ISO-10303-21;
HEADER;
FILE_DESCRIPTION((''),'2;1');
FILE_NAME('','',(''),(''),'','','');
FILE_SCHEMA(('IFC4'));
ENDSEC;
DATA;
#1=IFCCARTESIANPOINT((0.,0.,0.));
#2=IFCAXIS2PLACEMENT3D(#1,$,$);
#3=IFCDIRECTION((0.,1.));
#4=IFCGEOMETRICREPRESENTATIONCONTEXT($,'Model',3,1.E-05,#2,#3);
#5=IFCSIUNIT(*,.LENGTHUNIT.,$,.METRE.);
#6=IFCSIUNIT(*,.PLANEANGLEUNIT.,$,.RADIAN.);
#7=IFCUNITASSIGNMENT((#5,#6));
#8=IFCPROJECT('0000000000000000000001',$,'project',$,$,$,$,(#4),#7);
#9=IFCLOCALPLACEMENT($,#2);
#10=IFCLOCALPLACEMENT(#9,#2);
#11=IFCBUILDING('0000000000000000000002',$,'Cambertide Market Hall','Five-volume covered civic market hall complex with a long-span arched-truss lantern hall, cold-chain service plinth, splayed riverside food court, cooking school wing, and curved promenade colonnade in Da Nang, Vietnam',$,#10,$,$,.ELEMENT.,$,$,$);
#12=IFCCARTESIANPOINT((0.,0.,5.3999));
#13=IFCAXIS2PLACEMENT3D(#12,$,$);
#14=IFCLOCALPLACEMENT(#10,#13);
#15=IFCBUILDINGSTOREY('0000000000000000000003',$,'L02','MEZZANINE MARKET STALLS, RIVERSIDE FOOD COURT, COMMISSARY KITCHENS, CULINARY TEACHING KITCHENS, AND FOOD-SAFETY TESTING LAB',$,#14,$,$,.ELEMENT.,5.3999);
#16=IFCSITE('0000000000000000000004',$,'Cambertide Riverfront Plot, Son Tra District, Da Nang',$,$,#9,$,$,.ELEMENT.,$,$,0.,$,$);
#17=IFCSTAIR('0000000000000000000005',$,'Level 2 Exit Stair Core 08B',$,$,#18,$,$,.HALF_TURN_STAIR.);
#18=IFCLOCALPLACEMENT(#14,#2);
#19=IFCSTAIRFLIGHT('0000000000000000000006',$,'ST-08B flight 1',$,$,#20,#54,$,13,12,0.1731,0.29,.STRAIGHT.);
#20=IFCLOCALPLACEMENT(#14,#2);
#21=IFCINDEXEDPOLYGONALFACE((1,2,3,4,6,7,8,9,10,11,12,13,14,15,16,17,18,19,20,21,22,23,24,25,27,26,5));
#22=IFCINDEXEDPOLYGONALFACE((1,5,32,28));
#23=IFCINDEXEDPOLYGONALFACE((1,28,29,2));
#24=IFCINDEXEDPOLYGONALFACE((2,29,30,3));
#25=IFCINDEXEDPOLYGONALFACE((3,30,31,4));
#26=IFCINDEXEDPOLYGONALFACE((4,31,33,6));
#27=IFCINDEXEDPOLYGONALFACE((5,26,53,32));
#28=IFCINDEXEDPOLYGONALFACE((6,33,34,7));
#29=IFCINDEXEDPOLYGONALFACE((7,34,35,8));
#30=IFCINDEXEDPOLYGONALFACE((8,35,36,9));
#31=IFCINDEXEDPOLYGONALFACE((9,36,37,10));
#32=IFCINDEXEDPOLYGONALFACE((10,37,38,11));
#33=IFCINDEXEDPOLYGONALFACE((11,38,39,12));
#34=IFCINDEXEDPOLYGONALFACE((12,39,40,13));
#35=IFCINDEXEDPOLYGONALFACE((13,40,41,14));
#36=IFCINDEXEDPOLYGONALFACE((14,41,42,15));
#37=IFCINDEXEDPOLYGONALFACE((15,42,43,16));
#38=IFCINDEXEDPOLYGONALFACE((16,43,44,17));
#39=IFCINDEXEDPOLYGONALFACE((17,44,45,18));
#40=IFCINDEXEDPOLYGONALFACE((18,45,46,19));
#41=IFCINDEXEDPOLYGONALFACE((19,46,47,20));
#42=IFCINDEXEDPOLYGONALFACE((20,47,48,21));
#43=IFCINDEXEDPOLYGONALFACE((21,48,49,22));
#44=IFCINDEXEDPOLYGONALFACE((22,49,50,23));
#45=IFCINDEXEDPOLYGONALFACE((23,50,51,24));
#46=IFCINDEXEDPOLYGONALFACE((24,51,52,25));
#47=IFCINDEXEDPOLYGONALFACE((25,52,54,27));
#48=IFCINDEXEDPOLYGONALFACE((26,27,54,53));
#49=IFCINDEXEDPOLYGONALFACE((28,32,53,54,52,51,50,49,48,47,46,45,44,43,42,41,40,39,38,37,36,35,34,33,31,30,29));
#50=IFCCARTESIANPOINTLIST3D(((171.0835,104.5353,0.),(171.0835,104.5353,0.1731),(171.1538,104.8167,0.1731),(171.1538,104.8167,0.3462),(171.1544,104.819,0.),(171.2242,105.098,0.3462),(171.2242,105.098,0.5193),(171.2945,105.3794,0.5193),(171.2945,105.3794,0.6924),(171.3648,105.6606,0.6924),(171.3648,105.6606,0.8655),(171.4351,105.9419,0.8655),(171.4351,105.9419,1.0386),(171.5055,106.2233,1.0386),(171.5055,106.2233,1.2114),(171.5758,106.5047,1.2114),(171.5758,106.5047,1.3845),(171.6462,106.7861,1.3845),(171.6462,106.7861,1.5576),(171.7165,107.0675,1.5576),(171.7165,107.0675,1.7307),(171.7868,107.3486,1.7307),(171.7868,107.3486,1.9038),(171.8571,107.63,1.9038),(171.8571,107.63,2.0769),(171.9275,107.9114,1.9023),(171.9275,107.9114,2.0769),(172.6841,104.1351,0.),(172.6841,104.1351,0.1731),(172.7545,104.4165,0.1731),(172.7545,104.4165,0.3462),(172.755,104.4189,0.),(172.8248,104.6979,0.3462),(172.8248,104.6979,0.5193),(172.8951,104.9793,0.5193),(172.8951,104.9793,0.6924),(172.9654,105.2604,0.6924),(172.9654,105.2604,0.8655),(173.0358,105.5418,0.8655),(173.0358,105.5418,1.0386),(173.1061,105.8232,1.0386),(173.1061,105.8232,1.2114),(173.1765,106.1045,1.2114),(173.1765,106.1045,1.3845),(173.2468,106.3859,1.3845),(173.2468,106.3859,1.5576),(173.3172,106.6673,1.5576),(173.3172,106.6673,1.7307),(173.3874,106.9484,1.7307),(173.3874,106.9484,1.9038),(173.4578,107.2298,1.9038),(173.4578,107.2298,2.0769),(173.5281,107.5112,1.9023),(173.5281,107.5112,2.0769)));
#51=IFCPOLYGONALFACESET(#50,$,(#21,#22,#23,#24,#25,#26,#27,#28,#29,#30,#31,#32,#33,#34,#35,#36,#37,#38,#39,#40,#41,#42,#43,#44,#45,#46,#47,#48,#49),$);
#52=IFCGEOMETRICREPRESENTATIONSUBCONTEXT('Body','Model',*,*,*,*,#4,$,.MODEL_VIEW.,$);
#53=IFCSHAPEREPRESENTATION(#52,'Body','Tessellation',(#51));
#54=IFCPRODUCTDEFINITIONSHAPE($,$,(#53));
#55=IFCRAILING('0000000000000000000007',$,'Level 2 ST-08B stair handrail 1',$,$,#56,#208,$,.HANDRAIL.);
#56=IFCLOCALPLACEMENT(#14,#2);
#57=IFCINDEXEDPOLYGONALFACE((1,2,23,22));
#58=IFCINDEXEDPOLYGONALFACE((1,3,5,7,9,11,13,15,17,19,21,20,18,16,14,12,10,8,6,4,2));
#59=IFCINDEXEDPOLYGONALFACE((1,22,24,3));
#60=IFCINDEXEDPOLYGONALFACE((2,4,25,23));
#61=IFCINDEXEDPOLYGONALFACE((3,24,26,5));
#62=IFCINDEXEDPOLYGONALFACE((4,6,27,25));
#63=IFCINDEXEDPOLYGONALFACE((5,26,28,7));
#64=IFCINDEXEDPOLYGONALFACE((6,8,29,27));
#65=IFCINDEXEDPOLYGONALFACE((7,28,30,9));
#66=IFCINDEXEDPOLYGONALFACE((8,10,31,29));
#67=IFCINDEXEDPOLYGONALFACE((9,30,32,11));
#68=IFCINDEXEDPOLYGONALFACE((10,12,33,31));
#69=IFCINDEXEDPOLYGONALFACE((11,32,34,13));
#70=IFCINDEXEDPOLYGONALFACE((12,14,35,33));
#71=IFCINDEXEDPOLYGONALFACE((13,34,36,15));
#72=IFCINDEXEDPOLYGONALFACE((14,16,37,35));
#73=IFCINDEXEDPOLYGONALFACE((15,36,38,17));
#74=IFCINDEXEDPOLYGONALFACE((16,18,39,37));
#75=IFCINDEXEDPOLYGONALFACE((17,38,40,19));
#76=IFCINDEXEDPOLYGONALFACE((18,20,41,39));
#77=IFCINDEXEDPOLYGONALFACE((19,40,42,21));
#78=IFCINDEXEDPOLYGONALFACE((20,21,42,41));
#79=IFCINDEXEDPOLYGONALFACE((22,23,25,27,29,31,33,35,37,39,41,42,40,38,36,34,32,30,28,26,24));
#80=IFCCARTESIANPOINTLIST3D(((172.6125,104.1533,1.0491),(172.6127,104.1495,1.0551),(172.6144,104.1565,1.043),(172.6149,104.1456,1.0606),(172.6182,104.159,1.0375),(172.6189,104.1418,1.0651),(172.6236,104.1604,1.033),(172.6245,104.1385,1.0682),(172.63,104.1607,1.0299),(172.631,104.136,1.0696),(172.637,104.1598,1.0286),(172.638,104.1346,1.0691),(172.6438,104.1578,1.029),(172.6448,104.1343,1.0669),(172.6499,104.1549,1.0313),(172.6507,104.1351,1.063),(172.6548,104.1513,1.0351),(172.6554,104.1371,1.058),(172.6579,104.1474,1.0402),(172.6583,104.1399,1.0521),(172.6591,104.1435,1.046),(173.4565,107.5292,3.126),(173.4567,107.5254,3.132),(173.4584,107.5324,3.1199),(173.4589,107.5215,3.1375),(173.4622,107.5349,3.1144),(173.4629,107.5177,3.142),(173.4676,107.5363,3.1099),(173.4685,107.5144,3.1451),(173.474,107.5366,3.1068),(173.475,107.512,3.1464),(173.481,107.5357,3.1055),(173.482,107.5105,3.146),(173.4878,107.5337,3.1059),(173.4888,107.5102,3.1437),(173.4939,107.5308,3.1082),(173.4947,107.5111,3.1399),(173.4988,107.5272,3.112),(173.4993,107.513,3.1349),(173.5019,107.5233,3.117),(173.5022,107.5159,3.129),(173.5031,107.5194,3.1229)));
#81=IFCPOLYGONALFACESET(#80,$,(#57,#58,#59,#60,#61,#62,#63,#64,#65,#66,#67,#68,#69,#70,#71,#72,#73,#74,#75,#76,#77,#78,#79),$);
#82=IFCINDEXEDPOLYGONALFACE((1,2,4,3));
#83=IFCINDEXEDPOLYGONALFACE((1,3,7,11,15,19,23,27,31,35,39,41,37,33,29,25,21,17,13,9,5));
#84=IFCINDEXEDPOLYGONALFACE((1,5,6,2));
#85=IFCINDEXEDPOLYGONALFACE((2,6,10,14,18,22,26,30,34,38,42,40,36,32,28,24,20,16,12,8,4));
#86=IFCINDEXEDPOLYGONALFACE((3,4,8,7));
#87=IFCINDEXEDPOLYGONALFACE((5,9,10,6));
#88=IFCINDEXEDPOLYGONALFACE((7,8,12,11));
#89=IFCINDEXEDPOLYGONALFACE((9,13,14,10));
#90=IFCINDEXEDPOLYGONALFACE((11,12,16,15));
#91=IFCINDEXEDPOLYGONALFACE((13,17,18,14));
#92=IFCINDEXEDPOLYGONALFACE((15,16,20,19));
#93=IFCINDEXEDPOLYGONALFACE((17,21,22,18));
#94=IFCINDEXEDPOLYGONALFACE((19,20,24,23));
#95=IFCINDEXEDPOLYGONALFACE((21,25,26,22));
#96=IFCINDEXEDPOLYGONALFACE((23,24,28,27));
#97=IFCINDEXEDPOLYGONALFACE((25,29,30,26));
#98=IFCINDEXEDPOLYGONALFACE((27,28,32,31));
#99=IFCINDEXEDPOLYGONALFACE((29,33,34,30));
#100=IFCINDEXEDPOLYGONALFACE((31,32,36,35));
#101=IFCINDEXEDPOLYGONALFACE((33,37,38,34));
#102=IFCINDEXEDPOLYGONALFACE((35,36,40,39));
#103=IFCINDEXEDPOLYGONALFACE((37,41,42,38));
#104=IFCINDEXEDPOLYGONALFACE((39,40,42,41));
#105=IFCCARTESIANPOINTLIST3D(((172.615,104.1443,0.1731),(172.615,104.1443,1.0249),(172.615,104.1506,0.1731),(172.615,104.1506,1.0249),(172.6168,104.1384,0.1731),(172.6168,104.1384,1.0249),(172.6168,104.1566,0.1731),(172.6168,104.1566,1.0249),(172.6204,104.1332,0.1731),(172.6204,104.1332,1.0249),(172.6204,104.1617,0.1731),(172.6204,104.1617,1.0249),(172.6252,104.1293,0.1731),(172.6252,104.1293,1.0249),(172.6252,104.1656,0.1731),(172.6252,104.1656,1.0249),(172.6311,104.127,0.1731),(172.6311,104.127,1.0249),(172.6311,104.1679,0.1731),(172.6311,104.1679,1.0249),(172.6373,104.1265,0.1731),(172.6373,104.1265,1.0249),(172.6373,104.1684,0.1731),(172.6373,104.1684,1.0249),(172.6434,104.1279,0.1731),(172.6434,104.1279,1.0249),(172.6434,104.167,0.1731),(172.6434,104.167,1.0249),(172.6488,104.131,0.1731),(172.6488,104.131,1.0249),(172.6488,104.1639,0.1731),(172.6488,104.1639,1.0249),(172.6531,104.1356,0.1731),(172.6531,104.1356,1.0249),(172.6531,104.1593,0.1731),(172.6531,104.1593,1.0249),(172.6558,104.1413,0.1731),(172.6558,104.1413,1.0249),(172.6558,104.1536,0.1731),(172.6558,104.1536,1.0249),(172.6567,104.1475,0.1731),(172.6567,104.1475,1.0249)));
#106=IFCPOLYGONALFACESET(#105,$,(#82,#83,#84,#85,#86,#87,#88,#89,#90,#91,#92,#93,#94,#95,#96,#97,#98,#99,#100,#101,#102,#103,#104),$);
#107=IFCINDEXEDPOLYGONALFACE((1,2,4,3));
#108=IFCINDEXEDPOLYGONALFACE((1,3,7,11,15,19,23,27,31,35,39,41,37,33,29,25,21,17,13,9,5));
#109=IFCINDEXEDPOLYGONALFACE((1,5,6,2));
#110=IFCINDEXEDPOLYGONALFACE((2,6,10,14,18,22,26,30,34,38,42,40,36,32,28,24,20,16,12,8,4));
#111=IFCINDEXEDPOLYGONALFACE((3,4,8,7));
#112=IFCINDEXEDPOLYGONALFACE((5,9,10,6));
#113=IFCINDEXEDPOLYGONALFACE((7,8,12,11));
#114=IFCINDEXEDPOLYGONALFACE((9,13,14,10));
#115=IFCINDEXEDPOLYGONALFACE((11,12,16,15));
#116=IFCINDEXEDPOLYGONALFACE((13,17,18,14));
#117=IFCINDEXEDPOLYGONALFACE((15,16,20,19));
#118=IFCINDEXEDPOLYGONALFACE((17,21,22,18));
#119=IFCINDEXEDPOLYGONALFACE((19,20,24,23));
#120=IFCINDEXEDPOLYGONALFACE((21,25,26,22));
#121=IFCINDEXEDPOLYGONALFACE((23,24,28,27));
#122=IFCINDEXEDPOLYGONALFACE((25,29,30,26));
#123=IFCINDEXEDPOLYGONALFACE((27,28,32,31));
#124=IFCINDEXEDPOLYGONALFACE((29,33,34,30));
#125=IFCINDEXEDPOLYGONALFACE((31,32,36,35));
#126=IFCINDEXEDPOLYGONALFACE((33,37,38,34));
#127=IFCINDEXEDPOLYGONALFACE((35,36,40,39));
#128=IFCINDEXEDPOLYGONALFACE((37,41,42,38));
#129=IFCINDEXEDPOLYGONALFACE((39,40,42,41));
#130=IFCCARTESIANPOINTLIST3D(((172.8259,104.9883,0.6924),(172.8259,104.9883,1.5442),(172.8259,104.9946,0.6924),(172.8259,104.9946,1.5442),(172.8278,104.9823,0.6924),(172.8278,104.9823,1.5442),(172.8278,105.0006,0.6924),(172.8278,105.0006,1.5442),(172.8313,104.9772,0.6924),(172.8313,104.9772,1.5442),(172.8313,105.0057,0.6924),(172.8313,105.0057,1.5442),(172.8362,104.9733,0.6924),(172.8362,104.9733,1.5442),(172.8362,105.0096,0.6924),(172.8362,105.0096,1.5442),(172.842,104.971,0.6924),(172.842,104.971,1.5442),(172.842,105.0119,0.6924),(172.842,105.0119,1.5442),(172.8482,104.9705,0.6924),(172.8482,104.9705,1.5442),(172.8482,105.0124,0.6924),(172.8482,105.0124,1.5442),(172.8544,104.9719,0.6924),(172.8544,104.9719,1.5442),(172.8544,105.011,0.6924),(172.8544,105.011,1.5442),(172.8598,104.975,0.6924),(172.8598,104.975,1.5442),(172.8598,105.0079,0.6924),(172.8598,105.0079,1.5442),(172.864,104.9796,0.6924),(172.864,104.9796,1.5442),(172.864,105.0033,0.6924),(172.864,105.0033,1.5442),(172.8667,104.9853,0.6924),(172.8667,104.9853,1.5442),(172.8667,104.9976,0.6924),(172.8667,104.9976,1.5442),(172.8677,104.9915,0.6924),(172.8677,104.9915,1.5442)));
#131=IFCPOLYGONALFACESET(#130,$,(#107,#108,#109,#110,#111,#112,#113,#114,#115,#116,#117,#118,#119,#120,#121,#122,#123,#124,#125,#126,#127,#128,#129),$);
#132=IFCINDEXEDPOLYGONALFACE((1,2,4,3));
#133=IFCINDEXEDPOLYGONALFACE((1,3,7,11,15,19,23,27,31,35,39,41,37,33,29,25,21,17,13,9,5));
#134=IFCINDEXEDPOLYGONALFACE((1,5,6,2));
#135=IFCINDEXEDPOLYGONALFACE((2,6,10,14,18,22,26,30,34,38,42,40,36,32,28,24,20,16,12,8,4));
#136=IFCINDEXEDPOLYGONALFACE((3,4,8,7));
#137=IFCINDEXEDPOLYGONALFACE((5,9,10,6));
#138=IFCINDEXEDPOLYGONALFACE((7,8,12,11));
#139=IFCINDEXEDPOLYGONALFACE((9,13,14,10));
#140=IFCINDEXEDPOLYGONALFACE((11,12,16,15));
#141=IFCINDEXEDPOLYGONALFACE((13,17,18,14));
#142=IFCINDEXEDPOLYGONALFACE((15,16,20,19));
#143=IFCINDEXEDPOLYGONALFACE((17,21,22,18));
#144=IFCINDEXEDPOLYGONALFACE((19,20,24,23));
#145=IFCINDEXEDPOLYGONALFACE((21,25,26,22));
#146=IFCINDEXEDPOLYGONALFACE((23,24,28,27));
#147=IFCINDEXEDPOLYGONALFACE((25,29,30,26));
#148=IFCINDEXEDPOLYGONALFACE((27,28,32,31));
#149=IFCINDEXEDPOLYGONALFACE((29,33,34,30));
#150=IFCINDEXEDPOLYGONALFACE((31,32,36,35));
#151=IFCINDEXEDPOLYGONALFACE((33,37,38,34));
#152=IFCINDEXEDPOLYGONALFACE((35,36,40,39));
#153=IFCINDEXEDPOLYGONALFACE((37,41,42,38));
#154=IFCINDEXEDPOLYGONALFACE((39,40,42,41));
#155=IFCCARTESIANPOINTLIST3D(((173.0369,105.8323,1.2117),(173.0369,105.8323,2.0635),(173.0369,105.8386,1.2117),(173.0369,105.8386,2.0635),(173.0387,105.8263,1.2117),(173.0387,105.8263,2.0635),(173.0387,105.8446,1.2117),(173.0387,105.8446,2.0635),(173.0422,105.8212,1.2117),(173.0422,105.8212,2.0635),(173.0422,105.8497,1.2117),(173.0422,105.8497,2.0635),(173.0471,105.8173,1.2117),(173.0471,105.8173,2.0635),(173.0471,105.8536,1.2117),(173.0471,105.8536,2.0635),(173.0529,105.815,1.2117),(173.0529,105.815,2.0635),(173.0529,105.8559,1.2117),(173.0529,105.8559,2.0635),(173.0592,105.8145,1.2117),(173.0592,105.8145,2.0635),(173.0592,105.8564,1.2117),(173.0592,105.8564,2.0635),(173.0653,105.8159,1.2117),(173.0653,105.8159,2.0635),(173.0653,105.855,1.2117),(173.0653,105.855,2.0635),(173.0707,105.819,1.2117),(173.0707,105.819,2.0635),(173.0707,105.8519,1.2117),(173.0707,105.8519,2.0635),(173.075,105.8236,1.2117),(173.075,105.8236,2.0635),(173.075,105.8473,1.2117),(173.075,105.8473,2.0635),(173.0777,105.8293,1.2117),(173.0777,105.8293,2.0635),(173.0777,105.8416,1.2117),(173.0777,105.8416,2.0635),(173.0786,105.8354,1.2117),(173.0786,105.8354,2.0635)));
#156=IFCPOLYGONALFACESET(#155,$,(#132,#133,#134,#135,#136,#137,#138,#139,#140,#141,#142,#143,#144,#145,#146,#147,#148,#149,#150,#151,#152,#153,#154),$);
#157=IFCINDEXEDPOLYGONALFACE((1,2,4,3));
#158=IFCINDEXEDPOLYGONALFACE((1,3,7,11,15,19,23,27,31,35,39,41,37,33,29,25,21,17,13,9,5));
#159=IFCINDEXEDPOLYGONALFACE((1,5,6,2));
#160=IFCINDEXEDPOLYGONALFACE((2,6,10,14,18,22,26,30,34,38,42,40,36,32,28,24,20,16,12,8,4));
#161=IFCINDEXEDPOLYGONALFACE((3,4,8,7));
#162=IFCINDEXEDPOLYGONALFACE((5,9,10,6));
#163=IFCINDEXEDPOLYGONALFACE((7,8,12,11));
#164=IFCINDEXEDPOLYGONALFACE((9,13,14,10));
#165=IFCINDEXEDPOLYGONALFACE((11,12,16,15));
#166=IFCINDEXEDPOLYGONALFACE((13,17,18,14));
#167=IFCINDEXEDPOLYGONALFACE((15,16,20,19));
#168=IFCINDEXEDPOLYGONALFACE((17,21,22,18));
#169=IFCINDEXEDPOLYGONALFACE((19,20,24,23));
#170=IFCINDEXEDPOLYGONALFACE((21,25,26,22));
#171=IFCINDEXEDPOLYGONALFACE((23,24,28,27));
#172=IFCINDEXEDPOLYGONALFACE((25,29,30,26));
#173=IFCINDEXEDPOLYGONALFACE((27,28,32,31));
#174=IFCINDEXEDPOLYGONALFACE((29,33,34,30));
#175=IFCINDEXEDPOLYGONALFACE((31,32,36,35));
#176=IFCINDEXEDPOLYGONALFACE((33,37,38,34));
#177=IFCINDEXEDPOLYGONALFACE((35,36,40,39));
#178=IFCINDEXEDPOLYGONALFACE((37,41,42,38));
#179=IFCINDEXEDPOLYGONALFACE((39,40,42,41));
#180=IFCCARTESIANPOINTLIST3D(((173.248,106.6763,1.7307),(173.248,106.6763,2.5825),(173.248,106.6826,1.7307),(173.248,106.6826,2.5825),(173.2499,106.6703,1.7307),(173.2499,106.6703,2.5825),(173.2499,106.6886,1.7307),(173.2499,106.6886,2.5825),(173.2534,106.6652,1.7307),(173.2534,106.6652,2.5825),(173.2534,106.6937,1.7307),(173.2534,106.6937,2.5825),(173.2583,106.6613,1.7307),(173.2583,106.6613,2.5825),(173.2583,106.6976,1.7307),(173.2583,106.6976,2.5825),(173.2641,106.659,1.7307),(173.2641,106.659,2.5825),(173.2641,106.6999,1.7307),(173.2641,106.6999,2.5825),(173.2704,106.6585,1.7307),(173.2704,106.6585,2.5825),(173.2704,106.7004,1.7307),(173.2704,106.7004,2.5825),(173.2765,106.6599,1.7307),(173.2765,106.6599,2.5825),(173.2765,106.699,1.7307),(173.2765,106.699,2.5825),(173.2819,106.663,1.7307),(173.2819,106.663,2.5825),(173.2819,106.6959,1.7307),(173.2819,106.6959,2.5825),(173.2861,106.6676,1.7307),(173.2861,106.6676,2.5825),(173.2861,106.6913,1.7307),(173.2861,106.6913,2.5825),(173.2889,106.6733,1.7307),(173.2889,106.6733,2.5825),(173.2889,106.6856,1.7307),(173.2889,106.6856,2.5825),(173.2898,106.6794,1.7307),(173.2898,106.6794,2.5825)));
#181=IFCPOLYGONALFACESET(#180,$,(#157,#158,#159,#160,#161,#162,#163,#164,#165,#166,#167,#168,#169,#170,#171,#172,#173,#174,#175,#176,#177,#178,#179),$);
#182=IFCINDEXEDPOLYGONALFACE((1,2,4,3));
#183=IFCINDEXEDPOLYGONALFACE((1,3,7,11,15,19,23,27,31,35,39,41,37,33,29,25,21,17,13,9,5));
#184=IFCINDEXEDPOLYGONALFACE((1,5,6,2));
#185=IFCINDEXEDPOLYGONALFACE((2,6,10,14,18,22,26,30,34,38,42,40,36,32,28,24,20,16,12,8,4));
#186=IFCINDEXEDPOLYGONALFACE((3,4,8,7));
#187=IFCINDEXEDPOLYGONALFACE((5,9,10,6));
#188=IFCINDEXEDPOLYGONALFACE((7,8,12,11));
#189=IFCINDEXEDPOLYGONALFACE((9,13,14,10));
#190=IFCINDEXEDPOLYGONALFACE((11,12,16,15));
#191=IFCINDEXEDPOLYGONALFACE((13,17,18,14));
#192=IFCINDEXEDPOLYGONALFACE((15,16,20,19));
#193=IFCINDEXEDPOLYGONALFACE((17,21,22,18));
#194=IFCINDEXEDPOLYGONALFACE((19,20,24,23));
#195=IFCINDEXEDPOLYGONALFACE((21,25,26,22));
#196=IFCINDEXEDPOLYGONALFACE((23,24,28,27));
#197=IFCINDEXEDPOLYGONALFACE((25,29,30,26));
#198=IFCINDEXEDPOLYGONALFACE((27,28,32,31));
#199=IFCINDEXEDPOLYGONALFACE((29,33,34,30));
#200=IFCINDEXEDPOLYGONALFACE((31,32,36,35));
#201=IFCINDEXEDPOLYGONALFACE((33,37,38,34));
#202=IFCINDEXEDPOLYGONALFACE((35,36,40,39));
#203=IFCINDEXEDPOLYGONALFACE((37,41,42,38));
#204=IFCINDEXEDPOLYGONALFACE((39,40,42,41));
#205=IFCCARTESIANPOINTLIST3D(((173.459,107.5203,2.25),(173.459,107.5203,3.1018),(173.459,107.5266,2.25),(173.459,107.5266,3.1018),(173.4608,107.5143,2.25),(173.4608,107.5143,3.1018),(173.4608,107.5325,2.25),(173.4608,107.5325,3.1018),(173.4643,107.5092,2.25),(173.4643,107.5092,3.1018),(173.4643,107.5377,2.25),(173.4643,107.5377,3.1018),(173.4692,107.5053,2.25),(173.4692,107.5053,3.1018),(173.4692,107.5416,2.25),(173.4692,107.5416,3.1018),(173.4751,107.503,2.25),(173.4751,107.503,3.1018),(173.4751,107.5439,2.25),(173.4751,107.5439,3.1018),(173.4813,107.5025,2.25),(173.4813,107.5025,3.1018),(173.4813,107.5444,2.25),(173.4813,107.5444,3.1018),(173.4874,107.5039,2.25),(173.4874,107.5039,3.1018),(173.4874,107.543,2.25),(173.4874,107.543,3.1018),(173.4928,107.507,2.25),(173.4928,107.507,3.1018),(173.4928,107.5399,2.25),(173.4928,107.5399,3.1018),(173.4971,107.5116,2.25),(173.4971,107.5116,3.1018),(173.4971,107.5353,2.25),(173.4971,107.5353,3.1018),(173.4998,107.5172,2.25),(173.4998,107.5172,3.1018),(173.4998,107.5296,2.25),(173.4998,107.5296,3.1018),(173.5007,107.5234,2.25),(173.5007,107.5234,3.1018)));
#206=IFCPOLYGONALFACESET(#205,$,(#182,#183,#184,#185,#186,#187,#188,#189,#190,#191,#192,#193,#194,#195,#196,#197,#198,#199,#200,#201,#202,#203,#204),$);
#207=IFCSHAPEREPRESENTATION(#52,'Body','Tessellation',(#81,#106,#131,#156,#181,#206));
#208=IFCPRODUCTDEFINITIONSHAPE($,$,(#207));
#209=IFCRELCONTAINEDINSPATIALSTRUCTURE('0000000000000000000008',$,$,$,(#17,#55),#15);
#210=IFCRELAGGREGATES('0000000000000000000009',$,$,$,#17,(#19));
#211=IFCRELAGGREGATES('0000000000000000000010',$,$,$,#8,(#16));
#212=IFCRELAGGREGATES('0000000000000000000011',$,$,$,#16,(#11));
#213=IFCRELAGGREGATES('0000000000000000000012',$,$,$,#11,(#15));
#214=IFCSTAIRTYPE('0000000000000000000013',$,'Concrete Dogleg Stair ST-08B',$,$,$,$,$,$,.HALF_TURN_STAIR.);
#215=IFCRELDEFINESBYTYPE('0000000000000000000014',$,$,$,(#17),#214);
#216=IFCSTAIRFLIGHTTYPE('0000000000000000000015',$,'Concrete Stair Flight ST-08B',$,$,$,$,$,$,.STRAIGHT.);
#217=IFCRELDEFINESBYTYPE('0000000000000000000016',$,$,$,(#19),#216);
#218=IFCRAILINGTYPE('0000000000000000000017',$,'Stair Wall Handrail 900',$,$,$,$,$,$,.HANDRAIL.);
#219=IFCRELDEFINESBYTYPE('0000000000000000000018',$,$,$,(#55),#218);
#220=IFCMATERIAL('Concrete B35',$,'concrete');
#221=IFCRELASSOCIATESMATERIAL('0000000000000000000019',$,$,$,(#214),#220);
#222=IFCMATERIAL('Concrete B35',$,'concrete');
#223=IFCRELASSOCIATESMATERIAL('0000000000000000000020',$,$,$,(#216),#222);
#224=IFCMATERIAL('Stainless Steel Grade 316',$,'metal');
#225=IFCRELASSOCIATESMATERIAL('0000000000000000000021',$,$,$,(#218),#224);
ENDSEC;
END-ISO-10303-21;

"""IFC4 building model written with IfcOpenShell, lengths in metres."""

from ifc_helpers import new_model, si_unit, direction, frame, origin, origin_2d, place, context, subcontext, project, spatial, polyline, circle, outline, extrude, material, type_object, element, aggregate, save


model = new_model("IFC4")

# Units and contexts
model_context = context("Model", 3, precision=1e-05, world=origin(), true_north=direction((0.0, 1.0)))
body_context = subcontext(model_context, "Body", "Model", "MODEL_VIEW")
ifc_project = project(units=[si_unit("LENGTHUNIT", "METRE"), si_unit("PLANEANGLEUNIT", "RADIAN")], contexts=[model_context])

# Site, building, storey
site_placement = place(None, origin())
site = spatial("IfcSite", under=ifc_project, at=site_placement, Name="Cambertide Riverfront Plot, Son Tra District, Da Nang", CompositionType="ELEMENT", RefElevation=0.0)
building_placement = place(site_placement, origin())
building = spatial("IfcBuilding", under=site, at=building_placement, Name="Cambertide Market Hall", Description="Five-volume covered civic market hall complex with a long-span arched-truss lantern hall, cold-chain service plinth, splayed riverside food court, cooking school wing, and curved promenade colonnade in Da Nang, Vietnam", CompositionType="ELEMENT")
storey_placement = place(building_placement, frame((0.0, 0.0, 5.3999)))
storey = spatial("IfcBuildingStorey", under=building, at=storey_placement, Name="L02", Description="MEZZANINE MARKET STALLS, RIVERSIDE FOOD COURT, COMMISSARY KITCHENS, CULINARY TEACHING KITCHENS, AND FOOD-SAFETY TESTING LAB", CompositionType="ELEMENT", Elevation=5.3999)

# Stair, stair flight
ifc_material_1 = material(Name="Concrete B35", Category="concrete")
stair_type = type_object("IfcStairType", Name="Concrete Dogleg Stair ST-08B", PredefinedType="HALF_TURN_STAIR", material=ifc_material_1)
stair_placement = place(storey_placement, origin())
stair = element("IfcStair", 1, at=stair_placement, inside=storey, type_object=stair_type, Name="Level 2 Exit Stair Core 08B", PredefinedType="HALF_TURN_STAIR")
ifc_material_2 = material(Name="Concrete B35", Category="concrete")
stair_flight_type = type_object("IfcStairFlightType", Name="Concrete Stair Flight ST-08B", PredefinedType="STRAIGHT", material=ifc_material_2)
stair_flight_1_placement = place(storey_placement, frame((171.8838, 104.3352, 0.0), z_axis=(0.0, 0.0, 1.0), x_axis=(0.242536, 0.970143, 0.0)))
stair_flight_1 = element("IfcStairFlight", 2, at=stair_flight_1_placement, type_object=stair_flight_type, Name="ST-08B flight 1", NumberOfRisers=13, NumberOfTreads=12, PredefinedType="STRAIGHT", RiserHeight=0.1731, TreadLength=0.29, context=body_context, shape_type="SweptSolid", body=[
    extrude(outline(polyline([(0.0, 0.0), (0.0, 0.1731), (0.29, 0.1731), (0.29, 0.3462), (0.5801, 0.3462), (0.5801, 0.5193), (0.8701, 0.5193), (0.8701, 0.6924), (1.1599, 0.6924), (1.1599, 0.8655), (1.45, 0.8655), (1.45, 1.0386), (1.74, 1.0386), (1.74, 1.2114), (2.03, 1.2114), (2.03, 1.3845), (2.3201, 1.3845), (2.3201, 1.5576), (2.6101, 1.5576), (2.6101, 1.7307), (2.8999, 1.7307), (2.8999, 1.9038), (3.1899, 1.9038), (3.1899, 2.0769), (3.48, 2.0769), (3.48, 2.25), (3.48, 1.9023), (0.2925, 0.0), (0.0, 0.0)])), frame((0.0, 0.825, 0.0), z_axis=(0.0, -1.0, 0.0), x_axis=(1.0, 0.0, 0.0)), (0.0, 0.0, 1.0), 1.6499),
])
aggregate(stair, [stair_flight_1])

# Railing
ifc_material_3 = material(Name="Stainless Steel Grade 316", Category="metal")
railing_type_1 = type_object("IfcRailingType", Name="Stair Wall Handrail 900", PredefinedType="HANDRAIL", material=ifc_material_3)
railing_1_placement = place(storey_placement, frame((172.6357, 104.1475, 0.1731)))
element("IfcRailing", 3, at=railing_1_placement, inside=storey, type_object=railing_type_1, Name="Level 2 ST-08B stair handrail 1", PredefinedType="HANDRAIL", context=body_context, shape_type="SweptSolid", body=[
    extrude(circle(Radius=0.0239, at=origin_2d()), frame((0.0, 0.0, 0.876), z_axis=(0.208263, 0.833052, 0.512495), x_axis=(-0.970143, 0.242536, 0.0)), (0.0, 0.0, 1.0), 4.0525),
    extrude(circle(Radius=0.021, at=origin_2d()), origin(), (0.0, 0.0, 1.0), 0.8518),
    extrude(circle(Radius=0.021, at=origin_2d()), frame((0.2109, 0.844, 0.5193)), (0.0, 0.0, 1.0), 0.8518),
    extrude(circle(Radius=0.021, at=origin_2d()), frame((0.4219, 1.688, 1.0386)), (0.0, 0.0, 1.0), 0.8518),
    extrude(circle(Radius=0.021, at=origin_2d()), frame((0.6331, 2.532, 1.5576)), (0.0, 0.0, 1.0), 0.8518),
    extrude(circle(Radius=0.021, at=origin_2d()), frame((0.844, 3.376, 2.0769)), (0.0, 0.0, 1.0), 0.8518),
])

save(model, "model.ifc")
